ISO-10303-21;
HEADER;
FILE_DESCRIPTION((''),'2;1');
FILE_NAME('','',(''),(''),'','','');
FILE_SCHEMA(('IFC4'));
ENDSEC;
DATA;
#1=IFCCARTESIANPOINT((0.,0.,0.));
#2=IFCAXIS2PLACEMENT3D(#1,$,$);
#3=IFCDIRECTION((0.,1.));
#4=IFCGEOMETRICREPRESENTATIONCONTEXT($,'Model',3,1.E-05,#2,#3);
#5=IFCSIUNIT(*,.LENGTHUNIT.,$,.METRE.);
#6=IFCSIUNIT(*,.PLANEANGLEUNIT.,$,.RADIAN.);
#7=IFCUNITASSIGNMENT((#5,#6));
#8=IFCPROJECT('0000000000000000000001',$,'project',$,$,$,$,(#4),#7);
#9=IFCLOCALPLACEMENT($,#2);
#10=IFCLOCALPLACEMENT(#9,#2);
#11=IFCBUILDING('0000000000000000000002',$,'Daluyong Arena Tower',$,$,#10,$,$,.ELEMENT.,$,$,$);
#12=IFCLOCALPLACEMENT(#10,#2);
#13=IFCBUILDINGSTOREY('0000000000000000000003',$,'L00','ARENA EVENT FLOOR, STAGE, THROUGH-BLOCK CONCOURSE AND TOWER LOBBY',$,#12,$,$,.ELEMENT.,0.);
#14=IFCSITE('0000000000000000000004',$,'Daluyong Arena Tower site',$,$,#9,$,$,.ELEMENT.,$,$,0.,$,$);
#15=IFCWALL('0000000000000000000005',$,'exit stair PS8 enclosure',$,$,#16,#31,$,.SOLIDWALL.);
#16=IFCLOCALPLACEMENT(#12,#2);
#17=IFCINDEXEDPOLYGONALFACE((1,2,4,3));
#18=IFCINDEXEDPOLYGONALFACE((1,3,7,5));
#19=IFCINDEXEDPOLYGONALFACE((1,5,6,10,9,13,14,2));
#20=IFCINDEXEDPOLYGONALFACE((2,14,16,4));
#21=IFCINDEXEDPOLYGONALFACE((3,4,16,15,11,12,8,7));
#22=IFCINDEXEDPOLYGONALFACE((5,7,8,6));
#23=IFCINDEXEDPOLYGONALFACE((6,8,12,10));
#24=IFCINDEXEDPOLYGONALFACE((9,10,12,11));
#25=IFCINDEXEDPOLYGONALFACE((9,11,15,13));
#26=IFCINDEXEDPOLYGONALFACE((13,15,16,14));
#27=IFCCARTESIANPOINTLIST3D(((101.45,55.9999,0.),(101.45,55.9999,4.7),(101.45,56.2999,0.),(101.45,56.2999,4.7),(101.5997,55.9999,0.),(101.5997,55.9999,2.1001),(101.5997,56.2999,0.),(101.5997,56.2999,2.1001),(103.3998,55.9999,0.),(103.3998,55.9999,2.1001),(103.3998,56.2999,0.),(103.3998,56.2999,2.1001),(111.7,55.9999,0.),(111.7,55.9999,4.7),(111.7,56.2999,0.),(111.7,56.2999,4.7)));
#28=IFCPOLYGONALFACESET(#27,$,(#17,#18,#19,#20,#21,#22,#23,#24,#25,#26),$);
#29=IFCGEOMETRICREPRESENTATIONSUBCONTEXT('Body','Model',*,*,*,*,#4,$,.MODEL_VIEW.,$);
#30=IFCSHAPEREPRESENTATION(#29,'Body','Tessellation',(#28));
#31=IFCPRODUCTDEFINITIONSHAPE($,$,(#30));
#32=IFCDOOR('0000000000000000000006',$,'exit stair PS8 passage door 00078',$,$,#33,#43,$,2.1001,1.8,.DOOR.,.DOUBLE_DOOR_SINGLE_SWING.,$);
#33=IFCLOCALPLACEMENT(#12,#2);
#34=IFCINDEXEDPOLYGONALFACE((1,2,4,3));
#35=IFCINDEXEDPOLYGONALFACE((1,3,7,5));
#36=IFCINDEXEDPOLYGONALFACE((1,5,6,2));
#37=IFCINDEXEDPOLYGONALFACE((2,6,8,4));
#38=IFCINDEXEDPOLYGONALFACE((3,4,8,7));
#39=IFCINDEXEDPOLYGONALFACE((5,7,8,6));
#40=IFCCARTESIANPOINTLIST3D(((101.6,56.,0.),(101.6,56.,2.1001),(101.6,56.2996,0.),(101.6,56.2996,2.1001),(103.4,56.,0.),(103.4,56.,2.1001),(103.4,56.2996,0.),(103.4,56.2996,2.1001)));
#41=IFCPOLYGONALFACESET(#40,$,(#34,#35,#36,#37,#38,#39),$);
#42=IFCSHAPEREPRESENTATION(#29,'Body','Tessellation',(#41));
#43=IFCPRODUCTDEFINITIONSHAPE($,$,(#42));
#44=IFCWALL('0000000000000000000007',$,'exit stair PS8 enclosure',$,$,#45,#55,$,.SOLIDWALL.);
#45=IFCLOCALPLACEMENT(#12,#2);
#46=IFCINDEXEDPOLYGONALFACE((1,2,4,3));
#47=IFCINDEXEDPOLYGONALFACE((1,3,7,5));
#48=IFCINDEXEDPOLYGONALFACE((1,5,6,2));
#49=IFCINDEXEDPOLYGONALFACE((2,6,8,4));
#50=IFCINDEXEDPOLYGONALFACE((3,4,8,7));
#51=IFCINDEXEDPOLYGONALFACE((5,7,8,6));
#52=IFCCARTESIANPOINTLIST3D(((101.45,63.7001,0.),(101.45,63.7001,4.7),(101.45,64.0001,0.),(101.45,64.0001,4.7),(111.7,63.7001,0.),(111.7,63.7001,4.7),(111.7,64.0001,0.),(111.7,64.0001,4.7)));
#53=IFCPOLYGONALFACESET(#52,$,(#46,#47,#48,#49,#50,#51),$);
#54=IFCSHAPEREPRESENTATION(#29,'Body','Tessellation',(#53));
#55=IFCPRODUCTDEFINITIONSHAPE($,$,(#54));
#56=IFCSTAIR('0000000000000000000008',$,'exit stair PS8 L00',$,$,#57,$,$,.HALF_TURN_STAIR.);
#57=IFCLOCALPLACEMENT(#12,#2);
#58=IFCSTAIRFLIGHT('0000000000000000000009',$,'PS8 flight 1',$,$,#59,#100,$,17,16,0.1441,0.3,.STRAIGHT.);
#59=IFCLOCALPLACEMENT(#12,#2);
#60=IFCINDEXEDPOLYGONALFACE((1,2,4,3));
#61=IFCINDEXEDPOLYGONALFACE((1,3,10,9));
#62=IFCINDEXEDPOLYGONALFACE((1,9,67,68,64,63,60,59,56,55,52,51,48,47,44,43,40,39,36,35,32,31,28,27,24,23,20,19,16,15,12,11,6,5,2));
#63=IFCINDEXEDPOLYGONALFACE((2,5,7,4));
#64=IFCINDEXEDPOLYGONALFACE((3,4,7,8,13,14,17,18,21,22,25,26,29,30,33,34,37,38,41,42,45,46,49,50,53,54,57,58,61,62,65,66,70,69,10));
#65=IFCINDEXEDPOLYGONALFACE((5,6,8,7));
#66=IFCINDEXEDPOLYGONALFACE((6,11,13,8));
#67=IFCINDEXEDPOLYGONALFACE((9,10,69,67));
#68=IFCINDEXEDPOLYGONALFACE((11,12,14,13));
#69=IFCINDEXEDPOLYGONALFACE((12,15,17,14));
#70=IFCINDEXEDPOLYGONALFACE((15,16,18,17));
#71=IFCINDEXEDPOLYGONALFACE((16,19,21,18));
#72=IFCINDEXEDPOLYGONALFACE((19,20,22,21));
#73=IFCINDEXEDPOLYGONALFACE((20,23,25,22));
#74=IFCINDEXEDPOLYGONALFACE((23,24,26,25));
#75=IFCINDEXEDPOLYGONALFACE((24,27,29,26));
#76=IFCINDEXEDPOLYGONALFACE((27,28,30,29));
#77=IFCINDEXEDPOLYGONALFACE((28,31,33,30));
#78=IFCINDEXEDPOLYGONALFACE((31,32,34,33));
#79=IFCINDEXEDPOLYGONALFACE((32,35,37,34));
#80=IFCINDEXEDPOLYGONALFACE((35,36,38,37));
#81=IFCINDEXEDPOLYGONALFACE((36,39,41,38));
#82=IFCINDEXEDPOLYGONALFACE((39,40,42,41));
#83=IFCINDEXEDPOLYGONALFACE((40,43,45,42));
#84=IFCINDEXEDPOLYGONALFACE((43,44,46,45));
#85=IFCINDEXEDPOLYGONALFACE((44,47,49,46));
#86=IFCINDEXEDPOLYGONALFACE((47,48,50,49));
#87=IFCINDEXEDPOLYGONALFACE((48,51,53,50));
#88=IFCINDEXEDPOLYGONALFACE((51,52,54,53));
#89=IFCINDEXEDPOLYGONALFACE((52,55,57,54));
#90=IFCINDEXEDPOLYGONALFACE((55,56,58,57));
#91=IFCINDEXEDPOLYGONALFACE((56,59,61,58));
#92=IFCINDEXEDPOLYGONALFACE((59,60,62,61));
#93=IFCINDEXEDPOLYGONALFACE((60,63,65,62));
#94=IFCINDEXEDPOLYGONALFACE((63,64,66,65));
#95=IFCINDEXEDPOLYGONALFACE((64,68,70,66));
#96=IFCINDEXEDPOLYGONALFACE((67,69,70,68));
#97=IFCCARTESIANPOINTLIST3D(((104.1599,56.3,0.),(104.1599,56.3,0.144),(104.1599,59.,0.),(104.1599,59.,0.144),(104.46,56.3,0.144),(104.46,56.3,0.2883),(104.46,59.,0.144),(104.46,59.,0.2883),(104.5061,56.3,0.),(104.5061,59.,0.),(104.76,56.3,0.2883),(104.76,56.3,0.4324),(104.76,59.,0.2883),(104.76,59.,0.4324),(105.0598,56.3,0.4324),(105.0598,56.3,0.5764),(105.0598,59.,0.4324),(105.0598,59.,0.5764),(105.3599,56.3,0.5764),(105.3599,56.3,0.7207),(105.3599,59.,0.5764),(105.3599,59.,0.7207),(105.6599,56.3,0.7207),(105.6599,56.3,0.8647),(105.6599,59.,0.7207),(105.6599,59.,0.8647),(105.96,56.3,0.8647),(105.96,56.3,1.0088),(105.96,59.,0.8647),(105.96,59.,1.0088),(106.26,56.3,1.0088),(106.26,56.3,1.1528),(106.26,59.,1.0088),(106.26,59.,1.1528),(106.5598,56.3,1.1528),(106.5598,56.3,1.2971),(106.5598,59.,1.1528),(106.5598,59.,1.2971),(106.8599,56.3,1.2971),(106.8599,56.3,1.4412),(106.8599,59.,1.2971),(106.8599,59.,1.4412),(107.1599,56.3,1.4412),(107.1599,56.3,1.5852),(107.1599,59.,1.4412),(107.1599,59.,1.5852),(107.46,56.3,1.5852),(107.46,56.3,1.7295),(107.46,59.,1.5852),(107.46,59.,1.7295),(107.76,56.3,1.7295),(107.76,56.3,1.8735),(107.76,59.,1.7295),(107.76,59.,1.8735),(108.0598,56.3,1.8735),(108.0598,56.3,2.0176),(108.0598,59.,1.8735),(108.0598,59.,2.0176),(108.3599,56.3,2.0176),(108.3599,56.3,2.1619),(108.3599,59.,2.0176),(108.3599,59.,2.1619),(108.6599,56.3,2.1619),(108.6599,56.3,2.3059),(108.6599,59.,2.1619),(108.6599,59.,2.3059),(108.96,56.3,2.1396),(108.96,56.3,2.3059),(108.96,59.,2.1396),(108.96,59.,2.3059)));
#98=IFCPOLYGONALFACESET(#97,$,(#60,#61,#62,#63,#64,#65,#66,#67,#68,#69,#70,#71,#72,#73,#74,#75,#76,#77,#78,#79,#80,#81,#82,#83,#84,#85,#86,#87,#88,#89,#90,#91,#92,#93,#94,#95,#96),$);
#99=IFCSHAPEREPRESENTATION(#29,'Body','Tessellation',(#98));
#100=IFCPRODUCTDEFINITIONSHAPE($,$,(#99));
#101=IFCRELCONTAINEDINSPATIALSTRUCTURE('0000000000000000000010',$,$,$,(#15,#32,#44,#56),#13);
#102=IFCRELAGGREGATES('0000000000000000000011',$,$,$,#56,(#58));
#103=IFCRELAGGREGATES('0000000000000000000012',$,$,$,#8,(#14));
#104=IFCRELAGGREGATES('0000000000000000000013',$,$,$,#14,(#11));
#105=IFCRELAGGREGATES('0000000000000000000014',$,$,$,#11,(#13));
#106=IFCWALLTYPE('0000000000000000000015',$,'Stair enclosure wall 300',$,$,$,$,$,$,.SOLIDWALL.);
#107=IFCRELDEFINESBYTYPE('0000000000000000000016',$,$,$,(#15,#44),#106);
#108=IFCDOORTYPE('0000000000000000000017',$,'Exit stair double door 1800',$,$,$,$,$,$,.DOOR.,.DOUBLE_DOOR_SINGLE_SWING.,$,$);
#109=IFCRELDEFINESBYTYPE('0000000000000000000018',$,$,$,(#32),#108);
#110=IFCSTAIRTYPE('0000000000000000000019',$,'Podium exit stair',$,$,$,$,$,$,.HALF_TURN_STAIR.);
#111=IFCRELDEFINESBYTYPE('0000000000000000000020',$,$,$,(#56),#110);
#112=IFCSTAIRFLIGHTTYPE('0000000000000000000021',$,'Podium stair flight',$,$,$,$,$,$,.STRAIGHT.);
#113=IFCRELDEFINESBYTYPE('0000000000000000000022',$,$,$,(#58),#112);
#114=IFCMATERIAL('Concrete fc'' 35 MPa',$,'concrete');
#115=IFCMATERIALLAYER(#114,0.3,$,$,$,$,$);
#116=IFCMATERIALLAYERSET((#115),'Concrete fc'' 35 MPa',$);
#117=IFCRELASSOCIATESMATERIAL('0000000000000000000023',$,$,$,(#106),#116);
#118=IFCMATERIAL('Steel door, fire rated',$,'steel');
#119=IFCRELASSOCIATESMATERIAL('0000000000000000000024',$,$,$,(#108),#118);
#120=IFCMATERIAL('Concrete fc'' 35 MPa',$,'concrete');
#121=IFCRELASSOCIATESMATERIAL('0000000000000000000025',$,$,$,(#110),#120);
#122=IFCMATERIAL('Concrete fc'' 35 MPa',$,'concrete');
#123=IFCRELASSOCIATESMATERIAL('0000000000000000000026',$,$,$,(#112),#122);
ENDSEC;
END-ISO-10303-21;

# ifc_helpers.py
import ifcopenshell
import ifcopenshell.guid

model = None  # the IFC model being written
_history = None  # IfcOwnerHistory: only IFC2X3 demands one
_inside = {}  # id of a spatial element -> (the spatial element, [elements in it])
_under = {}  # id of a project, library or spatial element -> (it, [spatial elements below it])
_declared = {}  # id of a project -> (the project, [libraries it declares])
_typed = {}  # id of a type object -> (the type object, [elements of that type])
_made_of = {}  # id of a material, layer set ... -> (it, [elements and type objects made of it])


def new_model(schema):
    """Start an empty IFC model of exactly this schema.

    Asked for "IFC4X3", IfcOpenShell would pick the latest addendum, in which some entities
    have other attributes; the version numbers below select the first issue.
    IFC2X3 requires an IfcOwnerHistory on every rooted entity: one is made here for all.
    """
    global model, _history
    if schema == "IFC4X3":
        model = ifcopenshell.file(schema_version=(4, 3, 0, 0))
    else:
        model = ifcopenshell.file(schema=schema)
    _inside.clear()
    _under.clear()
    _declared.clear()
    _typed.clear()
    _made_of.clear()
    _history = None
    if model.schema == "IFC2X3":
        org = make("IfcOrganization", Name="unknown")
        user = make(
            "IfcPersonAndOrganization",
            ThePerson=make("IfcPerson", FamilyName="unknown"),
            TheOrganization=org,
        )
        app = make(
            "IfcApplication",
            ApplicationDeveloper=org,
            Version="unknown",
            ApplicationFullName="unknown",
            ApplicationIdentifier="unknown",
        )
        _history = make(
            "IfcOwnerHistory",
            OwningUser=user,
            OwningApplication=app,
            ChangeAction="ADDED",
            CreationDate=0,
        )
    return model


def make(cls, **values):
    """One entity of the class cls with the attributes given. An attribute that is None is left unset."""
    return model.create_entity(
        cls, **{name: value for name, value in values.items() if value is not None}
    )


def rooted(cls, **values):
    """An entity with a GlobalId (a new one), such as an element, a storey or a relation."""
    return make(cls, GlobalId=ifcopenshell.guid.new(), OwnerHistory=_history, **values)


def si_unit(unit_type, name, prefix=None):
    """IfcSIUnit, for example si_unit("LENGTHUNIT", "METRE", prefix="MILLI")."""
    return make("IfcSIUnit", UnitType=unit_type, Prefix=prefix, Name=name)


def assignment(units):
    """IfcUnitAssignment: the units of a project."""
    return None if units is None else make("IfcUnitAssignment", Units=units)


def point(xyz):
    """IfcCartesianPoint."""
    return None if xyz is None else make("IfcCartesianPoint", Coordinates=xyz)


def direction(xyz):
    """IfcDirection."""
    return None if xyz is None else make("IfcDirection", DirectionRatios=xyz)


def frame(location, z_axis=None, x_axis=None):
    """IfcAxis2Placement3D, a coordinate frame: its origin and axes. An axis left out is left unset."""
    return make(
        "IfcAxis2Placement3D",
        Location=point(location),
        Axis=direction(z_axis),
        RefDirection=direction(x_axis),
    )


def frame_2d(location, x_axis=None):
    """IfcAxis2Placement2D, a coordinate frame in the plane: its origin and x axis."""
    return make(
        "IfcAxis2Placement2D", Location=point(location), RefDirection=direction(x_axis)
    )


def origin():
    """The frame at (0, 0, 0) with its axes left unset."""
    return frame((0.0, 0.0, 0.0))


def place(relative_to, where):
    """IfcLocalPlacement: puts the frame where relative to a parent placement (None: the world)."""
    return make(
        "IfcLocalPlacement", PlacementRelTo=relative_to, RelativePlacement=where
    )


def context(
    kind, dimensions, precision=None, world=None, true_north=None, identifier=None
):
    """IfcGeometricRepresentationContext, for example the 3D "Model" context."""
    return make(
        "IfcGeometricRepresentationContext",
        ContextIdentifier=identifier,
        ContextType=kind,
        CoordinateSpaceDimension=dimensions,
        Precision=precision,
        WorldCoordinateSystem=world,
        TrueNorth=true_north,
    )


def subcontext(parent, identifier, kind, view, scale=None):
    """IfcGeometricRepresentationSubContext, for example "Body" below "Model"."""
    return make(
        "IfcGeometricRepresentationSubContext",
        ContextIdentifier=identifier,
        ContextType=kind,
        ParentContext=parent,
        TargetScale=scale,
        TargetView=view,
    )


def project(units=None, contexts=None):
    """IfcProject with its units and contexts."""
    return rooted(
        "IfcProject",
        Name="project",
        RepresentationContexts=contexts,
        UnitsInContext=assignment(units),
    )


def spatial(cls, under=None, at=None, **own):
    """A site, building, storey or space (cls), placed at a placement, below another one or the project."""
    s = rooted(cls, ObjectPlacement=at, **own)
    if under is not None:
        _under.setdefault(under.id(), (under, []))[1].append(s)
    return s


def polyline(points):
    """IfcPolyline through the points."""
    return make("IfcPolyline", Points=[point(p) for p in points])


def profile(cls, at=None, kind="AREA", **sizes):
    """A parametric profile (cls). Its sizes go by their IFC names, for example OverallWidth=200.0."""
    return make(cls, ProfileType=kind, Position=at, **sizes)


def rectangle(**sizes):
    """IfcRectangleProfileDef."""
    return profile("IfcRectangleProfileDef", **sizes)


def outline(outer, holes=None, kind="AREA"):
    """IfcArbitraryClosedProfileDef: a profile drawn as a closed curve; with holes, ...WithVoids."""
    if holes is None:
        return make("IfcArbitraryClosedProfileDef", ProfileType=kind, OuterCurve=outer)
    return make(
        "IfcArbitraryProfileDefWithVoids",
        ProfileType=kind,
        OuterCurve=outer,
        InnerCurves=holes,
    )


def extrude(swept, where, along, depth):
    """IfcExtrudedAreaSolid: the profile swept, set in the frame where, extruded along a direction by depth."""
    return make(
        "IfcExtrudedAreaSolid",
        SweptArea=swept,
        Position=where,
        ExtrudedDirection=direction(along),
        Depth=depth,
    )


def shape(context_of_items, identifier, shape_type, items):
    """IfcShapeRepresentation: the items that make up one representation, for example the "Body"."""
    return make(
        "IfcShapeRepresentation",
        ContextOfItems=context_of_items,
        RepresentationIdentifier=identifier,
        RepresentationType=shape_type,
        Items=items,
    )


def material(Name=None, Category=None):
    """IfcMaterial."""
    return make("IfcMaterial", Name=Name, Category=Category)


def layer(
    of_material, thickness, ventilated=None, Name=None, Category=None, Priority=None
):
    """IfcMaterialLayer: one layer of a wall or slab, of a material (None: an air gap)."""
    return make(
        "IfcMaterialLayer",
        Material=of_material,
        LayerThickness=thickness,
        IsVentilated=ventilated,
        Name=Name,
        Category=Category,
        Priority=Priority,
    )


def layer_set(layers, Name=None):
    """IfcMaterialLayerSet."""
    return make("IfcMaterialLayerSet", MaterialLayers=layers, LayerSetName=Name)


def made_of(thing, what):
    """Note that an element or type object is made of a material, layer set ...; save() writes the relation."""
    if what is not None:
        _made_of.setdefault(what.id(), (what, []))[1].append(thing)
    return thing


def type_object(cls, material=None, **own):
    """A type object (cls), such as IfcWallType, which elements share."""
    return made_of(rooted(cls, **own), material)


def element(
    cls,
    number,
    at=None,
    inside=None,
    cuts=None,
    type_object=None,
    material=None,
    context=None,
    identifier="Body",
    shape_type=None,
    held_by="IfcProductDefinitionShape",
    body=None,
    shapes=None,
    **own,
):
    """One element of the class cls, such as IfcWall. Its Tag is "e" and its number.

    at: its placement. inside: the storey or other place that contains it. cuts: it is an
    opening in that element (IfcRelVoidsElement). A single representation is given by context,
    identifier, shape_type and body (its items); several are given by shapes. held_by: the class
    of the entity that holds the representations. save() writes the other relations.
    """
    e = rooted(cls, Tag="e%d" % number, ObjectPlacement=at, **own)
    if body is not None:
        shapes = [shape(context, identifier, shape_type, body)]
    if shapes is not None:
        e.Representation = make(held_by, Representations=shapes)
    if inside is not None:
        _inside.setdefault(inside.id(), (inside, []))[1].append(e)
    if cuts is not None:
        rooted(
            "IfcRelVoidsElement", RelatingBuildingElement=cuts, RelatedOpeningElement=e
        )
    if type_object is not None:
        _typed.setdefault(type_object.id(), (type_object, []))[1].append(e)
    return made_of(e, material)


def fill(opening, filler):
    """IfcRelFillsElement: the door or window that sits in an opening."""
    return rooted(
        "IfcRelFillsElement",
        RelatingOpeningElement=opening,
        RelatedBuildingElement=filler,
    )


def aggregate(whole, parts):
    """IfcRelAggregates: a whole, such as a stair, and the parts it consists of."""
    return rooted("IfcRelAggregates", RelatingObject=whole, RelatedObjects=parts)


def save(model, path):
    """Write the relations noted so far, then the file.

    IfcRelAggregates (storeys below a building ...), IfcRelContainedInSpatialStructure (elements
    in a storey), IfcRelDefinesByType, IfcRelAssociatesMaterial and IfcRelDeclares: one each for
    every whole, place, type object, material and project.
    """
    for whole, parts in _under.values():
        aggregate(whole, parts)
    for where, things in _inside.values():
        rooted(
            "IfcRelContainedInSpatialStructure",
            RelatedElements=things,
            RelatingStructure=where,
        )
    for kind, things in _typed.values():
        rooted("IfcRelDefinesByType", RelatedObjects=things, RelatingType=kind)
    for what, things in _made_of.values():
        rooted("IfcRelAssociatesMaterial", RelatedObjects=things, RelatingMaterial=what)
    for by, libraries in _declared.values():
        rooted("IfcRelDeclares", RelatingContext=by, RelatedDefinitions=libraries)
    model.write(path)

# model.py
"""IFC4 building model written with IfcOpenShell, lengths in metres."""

from ifc_helpers import new_model, si_unit, direction, frame, frame_2d, origin, place, context, subcontext, project, spatial, polyline, rectangle, outline, extrude, material, layer, layer_set, type_object, element, fill, aggregate, save


model = new_model("IFC4")

# Units and contexts
model_context = context("Model", 3, precision=1e-05, world=origin(), true_north=direction((0.0, 1.0)))
body_context = subcontext(model_context, "Body", "Model", "MODEL_VIEW")
ifc_project = project(units=[si_unit("LENGTHUNIT", "METRE"), si_unit("PLANEANGLEUNIT", "RADIAN")], contexts=[model_context])

# Site, building, storey
site_placement = place(None, origin())
site = spatial("IfcSite", under=ifc_project, at=site_placement, Name="Daluyong Arena Tower site", CompositionType="ELEMENT", RefElevation=0.0)
building_placement = place(site_placement, origin())
building = spatial("IfcBuilding", under=site, at=building_placement, Name="Daluyong Arena Tower", CompositionType="ELEMENT")
storey_placement = place(building_placement, origin())
storey = spatial("IfcBuildingStorey", under=building, at=storey_placement, Name="L00", Description="ARENA EVENT FLOOR, STAGE, THROUGH-BLOCK CONCOURSE AND TOWER LOBBY", CompositionType="ELEMENT", Elevation=0.0)

# Wall, opening, door
ifc_material_1 = material(Name="Concrete fc' 35 MPa", Category="concrete")
ifc_layer_1 = layer(ifc_material_1, 0.3)
ifc_layer_set_1 = layer_set([ifc_layer_1], Name="Concrete fc' 35 MPa")
wall_type_1 = type_object("IfcWallType", Name="Stair enclosure wall 300", PredefinedType="SOLIDWALL", material=ifc_layer_set_1)
ifc_material_2 = material(Name="Steel door, fire rated", Category="steel")
door_type = type_object("IfcDoorType", Name="Exit stair double door 1800", OperationType="DOUBLE_DOOR_SINGLE_SWING", PredefinedType="DOOR", material=ifc_material_2)
wall_1_placement = place(storey_placement, frame((101.45, 56.1499, 0.0), z_axis=(0.0, 0.0, 1.0), x_axis=(1.0, 0.0, 0.0)))
wall_1 = element("IfcWall", 1, at=wall_1_placement, inside=storey, type_object=wall_type_1, Name="exit stair PS8 enclosure", PredefinedType="SOLIDWALL", context=body_context, shape_type="SweptSolid", body=[
    extrude(rectangle(XDim=10.25, YDim=0.3, at=frame_2d((5.125, 0.0))), origin(), (0.0, 0.0, 1.0), 4.7),
])
opening_1_placement = place(wall_1_placement, frame((0.1499, 0.0, 0.0)))
opening_1 = element("IfcOpeningElement", 2, at=opening_1_placement, cuts=wall_1, PredefinedType="OPENING", context=body_context, shape_type="SweptSolid", body=[
    extrude(rectangle(XDim=1.8, YDim=2.1001, at=frame_2d((0.8999, 1.05))), frame((0.0, 0.1599, 0.0), z_axis=(0.0, -1.0, 0.0), x_axis=(1.0, 0.0, 0.0)), (0.0, 0.0, 1.0), 0.3201),
])
door_1_placement = place(opening_1_placement, frame((1.8, 0.0, 0.0), z_axis=(0.0, 0.0, 1.0), x_axis=(-1.0, 0.0, 0.0)))
door_1 = element("IfcDoor", 3, at=door_1_placement, inside=storey, type_object=door_type, Name="exit stair PS8 passage door 00078", OperationType="DOUBLE_DOOR_SINGLE_SWING", OverallHeight=2.1001, OverallWidth=1.8, PredefinedType="DOOR", context=body_context, shape_type="SweptSolid", body=[
    extrude(rectangle(XDim=1.8, YDim=2.1001, at=frame_2d((0.8999, 1.05))), frame((0.0, 0.1499, 0.0), z_axis=(0.0, -1.0, 0.0), x_axis=(1.0, 0.0, 0.0)), (0.0, 0.0, 1.0), 0.2996),
])
fill(opening_1, door_1)

# Wall
wall_2_placement = place(storey_placement, frame((101.45, 63.8501, 0.0), z_axis=(0.0, 0.0, 1.0), x_axis=(1.0, 0.0, 0.0)))
element("IfcWall", 4, at=wall_2_placement, inside=storey, type_object=wall_type_1, Name="exit stair PS8 enclosure", PredefinedType="SOLIDWALL", context=body_context, shape_type="SweptSolid", body=[
    extrude(rectangle(XDim=10.25, YDim=0.3, at=frame_2d((5.125, 0.0))), origin(), (0.0, 0.0, 1.0), 4.7),
])

# Stair, stair flight
ifc_material_3 = material(Name="Concrete fc' 35 MPa", Category="concrete")
stair_type = type_object("IfcStairType", Name="Podium exit stair", PredefinedType="HALF_TURN_STAIR", material=ifc_material_3)
stair_placement = place(storey_placement, origin())
stair = element("IfcStair", 5, at=stair_placement, inside=storey, type_object=stair_type, Name="exit stair PS8 L00", PredefinedType="HALF_TURN_STAIR")
ifc_material_4 = material(Name="Concrete fc' 35 MPa", Category="concrete")
stair_flight_type = type_object("IfcStairFlightType", Name="Podium stair flight", PredefinedType="STRAIGHT", material=ifc_material_4)
stair_flight_placement = place(storey_placement, frame((104.1599, 57.6499, 0.0), z_axis=(0.0, 0.0, 1.0), x_axis=(1.0, 0.0, 0.0)))
stair_flight = element("IfcStairFlight", 6, at=stair_flight_placement, type_object=stair_flight_type, Name="PS8 flight 1", NumberOfRisers=17, NumberOfTreads=16, PredefinedType="STRAIGHT", RiserHeight=0.1441, TreadLength=0.3, context=body_context, shape_type="SweptSolid", body=[
    extrude(outline(polyline([(0.0, 0.0), (0.0, 0.144), (0.3, 0.144), (0.3, 0.2883), (0.6001, 0.2883), (0.6001, 0.4324), (0.8999, 0.4324), (0.8999, 0.5764), (1.2, 0.5764), (1.2, 0.7207), (1.5, 0.7207), (1.5, 0.8647), (1.8, 0.8647), (1.8, 1.0088), (2.1001, 1.0088), (2.1001, 1.1528), (2.3999, 1.1528), (2.3999, 1.2971), (2.7, 1.2971), (2.7, 1.4412), (3.0, 1.4412), (3.0, 1.5852), (3.3, 1.5852), (3.3, 1.7295), (3.6001, 1.7295), (3.6001, 1.8735), (3.8999, 1.8735), (3.8999, 2.0176), (4.2, 2.0176), (4.2, 2.1619), (4.5, 2.1619), (4.5, 2.3059), (4.8, 2.3059), (4.8, 2.45), (4.8, 2.1396), (0.3462, 0.0), (0.0, 0.0)])), frame((0.0, 1.3501, 0.0), z_axis=(0.0, -1.0, 0.0), x_axis=(1.0, 0.0, 0.0)), (0.0, 0.0, 1.0), 2.7),
])
aggregate(stair, [stair_flight])

save(model, "model.ifc")
